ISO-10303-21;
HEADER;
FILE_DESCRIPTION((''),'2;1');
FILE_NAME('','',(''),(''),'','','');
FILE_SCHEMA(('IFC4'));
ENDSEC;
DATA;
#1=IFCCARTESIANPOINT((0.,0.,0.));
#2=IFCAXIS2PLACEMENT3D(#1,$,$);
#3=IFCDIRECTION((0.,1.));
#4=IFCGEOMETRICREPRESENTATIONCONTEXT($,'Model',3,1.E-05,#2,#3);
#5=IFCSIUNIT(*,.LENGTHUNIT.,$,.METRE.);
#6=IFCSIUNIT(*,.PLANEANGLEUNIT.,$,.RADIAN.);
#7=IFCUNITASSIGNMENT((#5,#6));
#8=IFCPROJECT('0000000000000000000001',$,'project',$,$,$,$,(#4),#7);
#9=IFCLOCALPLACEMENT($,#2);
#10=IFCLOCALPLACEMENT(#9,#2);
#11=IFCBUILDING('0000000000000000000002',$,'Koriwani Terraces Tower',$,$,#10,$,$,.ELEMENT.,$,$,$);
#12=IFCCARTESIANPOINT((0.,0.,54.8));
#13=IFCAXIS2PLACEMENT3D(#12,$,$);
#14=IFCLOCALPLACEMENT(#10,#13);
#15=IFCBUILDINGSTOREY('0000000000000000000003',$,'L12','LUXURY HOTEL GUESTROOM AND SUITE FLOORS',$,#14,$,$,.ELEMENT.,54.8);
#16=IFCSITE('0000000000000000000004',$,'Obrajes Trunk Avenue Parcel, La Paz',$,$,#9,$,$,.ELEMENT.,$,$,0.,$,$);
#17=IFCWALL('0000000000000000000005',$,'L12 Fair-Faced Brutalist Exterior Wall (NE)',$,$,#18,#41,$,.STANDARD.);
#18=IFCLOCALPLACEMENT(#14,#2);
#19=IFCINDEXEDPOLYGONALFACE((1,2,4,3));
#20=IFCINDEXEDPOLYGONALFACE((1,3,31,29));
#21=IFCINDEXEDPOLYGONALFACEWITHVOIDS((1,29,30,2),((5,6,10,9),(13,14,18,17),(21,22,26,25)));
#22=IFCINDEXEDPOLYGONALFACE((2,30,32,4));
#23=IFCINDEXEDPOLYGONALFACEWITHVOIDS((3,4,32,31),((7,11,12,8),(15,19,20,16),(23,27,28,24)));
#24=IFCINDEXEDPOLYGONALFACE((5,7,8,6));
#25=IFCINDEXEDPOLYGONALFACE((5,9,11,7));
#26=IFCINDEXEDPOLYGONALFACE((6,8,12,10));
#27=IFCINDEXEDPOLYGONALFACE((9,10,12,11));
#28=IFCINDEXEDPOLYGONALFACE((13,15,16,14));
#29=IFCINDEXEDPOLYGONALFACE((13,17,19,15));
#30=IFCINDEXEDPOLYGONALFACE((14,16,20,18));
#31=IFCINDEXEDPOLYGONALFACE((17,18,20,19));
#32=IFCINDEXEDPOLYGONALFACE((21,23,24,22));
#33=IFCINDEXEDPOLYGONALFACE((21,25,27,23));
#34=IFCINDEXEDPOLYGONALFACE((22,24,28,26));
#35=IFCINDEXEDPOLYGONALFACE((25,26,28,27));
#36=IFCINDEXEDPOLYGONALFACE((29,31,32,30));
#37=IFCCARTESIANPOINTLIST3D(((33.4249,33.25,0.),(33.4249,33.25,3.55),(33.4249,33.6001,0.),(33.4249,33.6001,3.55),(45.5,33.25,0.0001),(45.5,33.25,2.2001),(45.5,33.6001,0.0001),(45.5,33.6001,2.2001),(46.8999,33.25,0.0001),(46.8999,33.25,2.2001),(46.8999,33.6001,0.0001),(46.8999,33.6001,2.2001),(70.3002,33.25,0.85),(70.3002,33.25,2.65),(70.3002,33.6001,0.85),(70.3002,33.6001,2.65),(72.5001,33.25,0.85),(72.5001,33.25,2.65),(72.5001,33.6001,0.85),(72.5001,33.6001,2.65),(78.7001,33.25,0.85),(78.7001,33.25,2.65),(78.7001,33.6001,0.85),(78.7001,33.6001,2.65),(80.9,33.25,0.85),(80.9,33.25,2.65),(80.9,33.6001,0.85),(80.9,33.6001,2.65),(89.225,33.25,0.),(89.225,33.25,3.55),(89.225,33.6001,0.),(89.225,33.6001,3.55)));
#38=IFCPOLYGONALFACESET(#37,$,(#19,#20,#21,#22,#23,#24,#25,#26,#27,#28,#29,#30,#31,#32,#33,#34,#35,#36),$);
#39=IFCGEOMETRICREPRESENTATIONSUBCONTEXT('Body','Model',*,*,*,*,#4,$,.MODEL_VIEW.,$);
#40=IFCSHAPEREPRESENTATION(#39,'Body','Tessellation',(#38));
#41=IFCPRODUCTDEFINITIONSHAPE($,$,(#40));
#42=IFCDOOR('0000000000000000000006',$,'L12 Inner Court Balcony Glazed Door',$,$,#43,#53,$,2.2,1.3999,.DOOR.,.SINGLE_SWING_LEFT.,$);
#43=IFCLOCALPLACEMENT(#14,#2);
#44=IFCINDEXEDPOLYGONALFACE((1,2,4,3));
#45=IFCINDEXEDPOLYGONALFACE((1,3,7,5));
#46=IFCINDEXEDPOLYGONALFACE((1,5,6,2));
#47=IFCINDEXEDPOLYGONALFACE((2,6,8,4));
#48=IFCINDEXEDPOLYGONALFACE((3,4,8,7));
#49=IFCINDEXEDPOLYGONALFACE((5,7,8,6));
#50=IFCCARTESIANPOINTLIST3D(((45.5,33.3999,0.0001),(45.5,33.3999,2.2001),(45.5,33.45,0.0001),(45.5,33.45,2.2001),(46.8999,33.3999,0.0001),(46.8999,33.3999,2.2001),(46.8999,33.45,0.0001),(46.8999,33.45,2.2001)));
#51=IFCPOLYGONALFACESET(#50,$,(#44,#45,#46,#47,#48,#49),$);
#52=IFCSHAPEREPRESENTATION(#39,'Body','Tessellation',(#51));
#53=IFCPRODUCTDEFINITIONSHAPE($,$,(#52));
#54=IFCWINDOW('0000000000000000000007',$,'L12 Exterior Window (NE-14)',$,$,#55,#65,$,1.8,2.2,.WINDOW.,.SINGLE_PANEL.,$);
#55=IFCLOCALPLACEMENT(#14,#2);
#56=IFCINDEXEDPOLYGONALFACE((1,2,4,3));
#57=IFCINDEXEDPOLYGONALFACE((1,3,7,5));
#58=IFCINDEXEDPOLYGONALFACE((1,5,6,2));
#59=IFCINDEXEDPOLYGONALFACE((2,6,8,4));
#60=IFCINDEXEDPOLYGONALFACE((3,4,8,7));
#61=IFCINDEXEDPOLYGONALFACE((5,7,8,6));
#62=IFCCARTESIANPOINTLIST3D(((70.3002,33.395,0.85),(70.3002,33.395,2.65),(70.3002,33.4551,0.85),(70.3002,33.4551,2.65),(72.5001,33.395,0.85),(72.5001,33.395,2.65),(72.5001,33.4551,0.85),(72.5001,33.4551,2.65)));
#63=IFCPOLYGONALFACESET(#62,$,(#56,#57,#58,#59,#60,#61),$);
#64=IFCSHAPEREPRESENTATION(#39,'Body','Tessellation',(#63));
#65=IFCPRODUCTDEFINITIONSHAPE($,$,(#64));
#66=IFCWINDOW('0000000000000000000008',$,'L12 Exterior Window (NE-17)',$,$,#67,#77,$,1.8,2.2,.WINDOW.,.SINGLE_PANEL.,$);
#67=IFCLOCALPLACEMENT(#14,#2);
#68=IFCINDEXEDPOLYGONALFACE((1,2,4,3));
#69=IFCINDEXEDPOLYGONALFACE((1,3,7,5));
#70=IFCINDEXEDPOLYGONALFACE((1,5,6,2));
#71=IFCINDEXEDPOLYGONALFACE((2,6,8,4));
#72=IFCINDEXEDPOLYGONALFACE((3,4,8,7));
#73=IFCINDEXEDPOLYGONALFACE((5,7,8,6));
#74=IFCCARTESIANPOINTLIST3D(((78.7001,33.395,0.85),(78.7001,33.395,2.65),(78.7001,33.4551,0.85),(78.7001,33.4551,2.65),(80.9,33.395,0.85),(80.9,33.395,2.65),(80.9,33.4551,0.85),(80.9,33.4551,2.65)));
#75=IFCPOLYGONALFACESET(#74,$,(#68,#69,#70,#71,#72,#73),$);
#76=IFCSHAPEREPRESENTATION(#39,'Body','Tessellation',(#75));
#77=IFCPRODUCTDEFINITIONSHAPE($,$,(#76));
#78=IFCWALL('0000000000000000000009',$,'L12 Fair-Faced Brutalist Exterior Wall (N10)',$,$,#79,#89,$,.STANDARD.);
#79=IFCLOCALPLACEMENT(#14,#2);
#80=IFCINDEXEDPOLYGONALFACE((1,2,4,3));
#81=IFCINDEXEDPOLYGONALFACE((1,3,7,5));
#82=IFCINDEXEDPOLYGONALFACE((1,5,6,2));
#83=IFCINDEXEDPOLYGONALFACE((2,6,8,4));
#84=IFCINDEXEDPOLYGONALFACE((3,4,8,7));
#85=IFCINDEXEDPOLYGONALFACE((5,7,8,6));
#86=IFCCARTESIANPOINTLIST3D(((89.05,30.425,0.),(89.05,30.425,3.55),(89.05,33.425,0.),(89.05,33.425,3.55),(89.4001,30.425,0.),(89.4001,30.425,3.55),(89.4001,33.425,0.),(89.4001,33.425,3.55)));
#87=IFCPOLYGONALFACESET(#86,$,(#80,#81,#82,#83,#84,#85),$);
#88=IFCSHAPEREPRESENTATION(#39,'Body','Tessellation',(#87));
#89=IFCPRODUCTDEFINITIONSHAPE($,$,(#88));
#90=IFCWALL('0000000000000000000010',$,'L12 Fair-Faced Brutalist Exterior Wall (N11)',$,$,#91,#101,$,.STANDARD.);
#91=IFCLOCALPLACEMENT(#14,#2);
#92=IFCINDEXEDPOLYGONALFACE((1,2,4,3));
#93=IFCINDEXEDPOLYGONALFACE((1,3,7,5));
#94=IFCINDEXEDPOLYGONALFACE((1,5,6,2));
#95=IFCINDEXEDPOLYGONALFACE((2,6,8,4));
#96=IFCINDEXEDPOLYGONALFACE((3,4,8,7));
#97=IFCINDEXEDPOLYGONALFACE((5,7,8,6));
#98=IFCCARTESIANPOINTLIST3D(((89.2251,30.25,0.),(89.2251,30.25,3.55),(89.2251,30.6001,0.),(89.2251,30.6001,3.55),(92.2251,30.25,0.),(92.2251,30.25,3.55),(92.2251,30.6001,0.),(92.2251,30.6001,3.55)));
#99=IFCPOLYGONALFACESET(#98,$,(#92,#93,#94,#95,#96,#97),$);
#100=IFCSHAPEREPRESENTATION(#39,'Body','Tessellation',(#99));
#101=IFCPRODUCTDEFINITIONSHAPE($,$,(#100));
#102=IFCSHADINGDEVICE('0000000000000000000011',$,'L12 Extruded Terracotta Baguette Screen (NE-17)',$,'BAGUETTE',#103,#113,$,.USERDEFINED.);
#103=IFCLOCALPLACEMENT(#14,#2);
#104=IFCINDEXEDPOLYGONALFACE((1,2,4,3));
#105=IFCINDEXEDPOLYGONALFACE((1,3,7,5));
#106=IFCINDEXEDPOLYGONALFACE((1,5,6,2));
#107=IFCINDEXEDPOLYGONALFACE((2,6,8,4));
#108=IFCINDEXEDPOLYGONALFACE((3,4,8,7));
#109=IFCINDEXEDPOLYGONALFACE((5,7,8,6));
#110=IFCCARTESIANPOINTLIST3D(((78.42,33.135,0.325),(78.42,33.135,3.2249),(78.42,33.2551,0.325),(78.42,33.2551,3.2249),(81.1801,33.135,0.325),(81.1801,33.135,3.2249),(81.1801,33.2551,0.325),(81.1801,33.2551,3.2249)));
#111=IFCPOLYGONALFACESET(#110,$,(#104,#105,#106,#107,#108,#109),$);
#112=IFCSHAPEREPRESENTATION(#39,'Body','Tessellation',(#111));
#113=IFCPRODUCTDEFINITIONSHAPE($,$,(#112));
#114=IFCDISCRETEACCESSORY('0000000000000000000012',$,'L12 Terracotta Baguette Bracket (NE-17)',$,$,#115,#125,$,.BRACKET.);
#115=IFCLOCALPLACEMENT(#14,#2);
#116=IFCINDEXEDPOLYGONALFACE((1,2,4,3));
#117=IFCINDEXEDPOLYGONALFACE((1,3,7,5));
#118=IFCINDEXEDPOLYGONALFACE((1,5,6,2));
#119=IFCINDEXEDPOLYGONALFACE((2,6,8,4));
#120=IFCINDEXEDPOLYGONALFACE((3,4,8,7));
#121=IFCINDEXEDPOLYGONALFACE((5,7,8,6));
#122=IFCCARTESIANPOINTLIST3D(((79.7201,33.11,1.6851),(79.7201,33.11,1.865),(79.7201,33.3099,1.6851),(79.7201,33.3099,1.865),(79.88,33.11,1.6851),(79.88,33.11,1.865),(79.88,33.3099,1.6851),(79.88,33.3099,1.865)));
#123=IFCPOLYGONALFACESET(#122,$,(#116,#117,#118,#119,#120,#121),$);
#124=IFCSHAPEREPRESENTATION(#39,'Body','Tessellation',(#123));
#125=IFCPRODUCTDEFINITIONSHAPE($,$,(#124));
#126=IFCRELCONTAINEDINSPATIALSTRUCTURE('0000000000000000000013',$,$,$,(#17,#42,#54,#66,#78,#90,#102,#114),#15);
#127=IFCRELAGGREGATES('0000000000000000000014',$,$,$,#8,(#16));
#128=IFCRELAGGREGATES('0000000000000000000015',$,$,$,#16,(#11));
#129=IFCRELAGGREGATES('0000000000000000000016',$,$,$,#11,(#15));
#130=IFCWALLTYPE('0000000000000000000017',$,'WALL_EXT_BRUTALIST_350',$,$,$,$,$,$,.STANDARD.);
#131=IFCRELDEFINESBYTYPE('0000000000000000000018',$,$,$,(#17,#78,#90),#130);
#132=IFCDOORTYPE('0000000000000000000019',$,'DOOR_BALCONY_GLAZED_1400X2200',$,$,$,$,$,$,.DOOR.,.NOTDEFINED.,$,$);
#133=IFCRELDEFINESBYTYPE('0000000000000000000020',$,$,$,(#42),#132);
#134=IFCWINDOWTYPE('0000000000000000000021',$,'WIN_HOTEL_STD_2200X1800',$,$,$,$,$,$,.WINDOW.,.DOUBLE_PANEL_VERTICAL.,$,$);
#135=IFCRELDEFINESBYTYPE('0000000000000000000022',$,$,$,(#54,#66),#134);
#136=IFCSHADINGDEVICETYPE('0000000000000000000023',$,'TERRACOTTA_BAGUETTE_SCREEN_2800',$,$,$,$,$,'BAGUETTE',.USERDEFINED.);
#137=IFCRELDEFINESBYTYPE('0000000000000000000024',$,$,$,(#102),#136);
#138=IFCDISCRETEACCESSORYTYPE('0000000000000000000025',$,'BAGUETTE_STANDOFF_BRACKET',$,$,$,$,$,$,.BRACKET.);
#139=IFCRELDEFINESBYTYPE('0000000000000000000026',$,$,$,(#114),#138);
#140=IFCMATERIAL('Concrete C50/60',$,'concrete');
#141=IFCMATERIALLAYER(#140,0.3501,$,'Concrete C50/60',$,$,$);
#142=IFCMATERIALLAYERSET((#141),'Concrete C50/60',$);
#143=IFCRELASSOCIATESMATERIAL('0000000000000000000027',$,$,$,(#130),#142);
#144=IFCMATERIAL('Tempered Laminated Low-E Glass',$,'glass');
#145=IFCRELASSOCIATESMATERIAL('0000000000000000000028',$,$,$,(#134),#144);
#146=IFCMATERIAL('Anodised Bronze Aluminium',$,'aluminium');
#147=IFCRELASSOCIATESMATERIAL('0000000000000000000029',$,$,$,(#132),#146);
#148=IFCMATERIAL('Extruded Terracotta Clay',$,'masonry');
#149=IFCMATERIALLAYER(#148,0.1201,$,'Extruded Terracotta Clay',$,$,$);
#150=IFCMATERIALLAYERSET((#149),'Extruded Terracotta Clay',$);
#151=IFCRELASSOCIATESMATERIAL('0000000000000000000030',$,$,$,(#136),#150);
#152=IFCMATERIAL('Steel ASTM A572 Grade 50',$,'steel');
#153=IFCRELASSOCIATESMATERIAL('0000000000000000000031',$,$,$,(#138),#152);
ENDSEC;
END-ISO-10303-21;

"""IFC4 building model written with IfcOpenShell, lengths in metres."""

from ifc_helpers import new_model, si_unit, direction, frame, frame_2d, origin, origin_2d, place, context, subcontext, project, spatial, rectangle, extrude, material, layer, layer_set, type_object, element, fill, save


model = new_model("IFC4")

# Units and contexts
model_context = context("Model", 3, precision=1e-05, world=origin(), true_north=direction((0.0, 1.0)))
body_context = subcontext(model_context, "Body", "Model", "MODEL_VIEW")
ifc_project = project(units=[si_unit("LENGTHUNIT", "METRE"), si_unit("PLANEANGLEUNIT", "RADIAN")], contexts=[model_context])

# Site, building, storey
site_placement = place(None, origin())
site = spatial("IfcSite", under=ifc_project, at=site_placement, Name="Obrajes Trunk Avenue Parcel, La Paz", CompositionType="ELEMENT", RefElevation=0.0)
building_placement = place(site_placement, origin())
building = spatial("IfcBuilding", under=site, at=building_placement, Name="Koriwani Terraces Tower", CompositionType="ELEMENT")
storey_placement = place(building_placement, frame((0.0, 0.0, 54.8)))
storey = spatial("IfcBuildingStorey", under=building, at=storey_placement, Name="L12", Description="LUXURY HOTEL GUESTROOM AND SUITE FLOORS", CompositionType="ELEMENT", Elevation=54.8)

# Shared definitions
ifc_material_1 = material(Name="Anodised Bronze Aluminium", Category="aluminium")

# Shared definitions
ifc_material_2 = material(Name="Concrete C50/60", Category="concrete")
ifc_layer_1 = layer(ifc_material_2, 0.3501, Name="Concrete C50/60")
ifc_layer_set_1 = layer_set([ifc_layer_1], Name="Concrete C50/60")
wall_type = type_object("IfcWallType", Name="WALL_EXT_BRUTALIST_350", PredefinedType="STANDARD", material=ifc_layer_set_1)

# Shared definitions
ifc_material_3 = material(Name="Tempered Laminated Low-E Glass", Category="glass")
window_type = type_object("IfcWindowType", Name="WIN_HOTEL_STD_2200X1800", PartitioningType="DOUBLE_PANEL_VERTICAL", PredefinedType="WINDOW", material=ifc_material_3)

# Wall, openings, door, windows
wall_1_placement = place(storey_placement, frame((33.425, 33.425, 0.0), z_axis=(0.0, 0.0, 1.0), x_axis=(1.0, 0.0, 0.0)))
wall_1 = element("IfcWall", 1, at=wall_1_placement, inside=storey, type_object=wall_type, Name="L12 Fair-Faced Brutalist Exterior Wall (NE)", PredefinedType="STANDARD", context=body_context, shape_type="SweptSolid", body=[
    extrude(rectangle(XDim=55.8, YDim=0.3501, at=frame_2d((27.8999, 0.0))), origin(), (0.0, 0.0, 1.0), 3.55),
])
opening_1_placement = place(wall_1_placement, frame((12.075, 0.0, 0.0)))
opening_1 = element("IfcOpeningElement", 2, at=opening_1_placement, cuts=wall_1, PredefinedType="OPENING", context=body_context, shape_type="SweptSolid", body=[
    extrude(rectangle(XDim=1.3999, YDim=2.2, at=frame_2d((0.7, 1.1001))), frame((0.0, 0.1851, 0.0), z_axis=(0.0, -1.0, 0.0), x_axis=(1.0, 0.0, 0.0)), (0.0, 0.0, 1.0), 0.3701),
])
opening_2_placement = place(wall_1_placement, frame((36.875, 0.0, 0.8501)))
opening_2 = element("IfcOpeningElement", 3, at=opening_2_placement, cuts=wall_1, PredefinedType="OPENING", context=body_context, shape_type="SweptSolid", body=[
    extrude(rectangle(XDim=2.2, YDim=1.8, at=frame_2d((1.1001, 0.8999))), frame((0.0, 0.1851, 0.0), z_axis=(0.0, -1.0, 0.0), x_axis=(1.0, 0.0, 0.0)), (0.0, 0.0, 1.0), 0.3701),
])
opening_3_placement = place(wall_1_placement, frame((45.2749, 0.0, 0.8501)))
opening_3 = element("IfcOpeningElement", 4, at=opening_3_placement, cuts=wall_1, PredefinedType="OPENING", context=body_context, shape_type="SweptSolid", body=[
    extrude(rectangle(XDim=2.2, YDim=1.8, at=frame_2d((1.1001, 0.8999))), frame((0.0, 0.1851, 0.0), z_axis=(0.0, -1.0, 0.0), x_axis=(1.0, 0.0, 0.0)), (0.0, 0.0, 1.0), 0.3701),
])
door_type = type_object("IfcDoorType", Name="DOOR_BALCONY_GLAZED_1400X2200", OperationType="NOTDEFINED", PredefinedType="DOOR", material=ifc_material_1)
door_placement = place(opening_1_placement, origin())
door = element("IfcDoor", 5, at=door_placement, inside=storey, type_object=door_type, Name="L12 Inner Court Balcony Glazed Door", OperationType="SINGLE_SWING_LEFT", OverallHeight=2.2, OverallWidth=1.3999, PredefinedType="DOOR", context=body_context, shape_type="SweptSolid", body=[
    extrude(rectangle(XDim=1.3999, YDim=2.2, at=frame_2d((0.7, 1.1001))), frame((0.0, 0.0249, 0.0), z_axis=(0.0, -1.0, 0.0), x_axis=(1.0, 0.0, 0.0)), (0.0, 0.0, 1.0), 0.05),
])
fill(opening_1, door)
window_1_placement = place(opening_2_placement, origin())
window_1 = element("IfcWindow", 6, at=window_1_placement, inside=storey, type_object=window_type, Name="L12 Exterior Window (NE-14)", OverallHeight=1.8, OverallWidth=2.2, PartitioningType="SINGLE_PANEL", PredefinedType="WINDOW", context=body_context, shape_type="SweptSolid", body=[
    extrude(rectangle(XDim=2.2, YDim=1.8, at=frame_2d((1.1001, 0.8999))), frame((0.0, 0.03, 0.0), z_axis=(0.0, -1.0, 0.0), x_axis=(1.0, 0.0, 0.0)), (0.0, 0.0, 1.0), 0.0601),
])
fill(opening_2, window_1)
window_2_placement = place(opening_3_placement, origin())
window_2 = element("IfcWindow", 7, at=window_2_placement, inside=storey, type_object=window_type, Name="L12 Exterior Window (NE-17)", OverallHeight=1.8, OverallWidth=2.2, PartitioningType="SINGLE_PANEL", PredefinedType="WINDOW", context=body_context, shape_type="SweptSolid", body=[
    extrude(rectangle(XDim=2.2, YDim=1.8, at=frame_2d((1.1001, 0.8999))), frame((0.0, 0.03, 0.0), z_axis=(0.0, -1.0, 0.0), x_axis=(1.0, 0.0, 0.0)), (0.0, 0.0, 1.0), 0.0601),
])
fill(opening_3, window_2)

# Walls
for number, where, z_axis, x_axis, name in (
    (8, (89.2251, 33.425, 0.0), (0.0, 0.0, 1.0), (0.0, -1.0, 0.0), "L12 Fair-Faced Brutalist Exterior Wall (N10)"),
    (9, (89.2251, 30.425, 0.0), (0.0, 0.0, 1.0), (1.0, 0.0, 0.0), "L12 Fair-Faced Brutalist Exterior Wall (N11)"),
):
    element("IfcWall", number, at=place(storey_placement, frame(where, z_axis=z_axis, x_axis=x_axis)), inside=storey, type_object=wall_type, Name=name, PredefinedType="STANDARD", context=body_context, shape_type="SweptSolid", body=[
        extrude(rectangle(XDim=3.0, YDim=0.3501, at=frame_2d((1.5, 0.0))), origin(), (0.0, 0.0, 1.0), 3.55),
    ])

# Shared definitions
ifc_material_4 = material(Name="Steel ASTM A572 Grade 50", Category="steel")

# Shading device
ifc_material_5 = material(Name="Extruded Terracotta Clay", Category="masonry")
ifc_layer_2 = layer(ifc_material_5, 0.1201, Name="Extruded Terracotta Clay")
ifc_layer_set_2 = layer_set([ifc_layer_2], Name="Extruded Terracotta Clay")
shading_device_type = type_object("IfcShadingDeviceType", Name="TERRACOTTA_BAGUETTE_SCREEN_2800", ElementType="BAGUETTE", PredefinedType="USERDEFINED", material=ifc_layer_set_2)
shading_device_placement = place(storey_placement, frame((79.8, 33.1951, 0.325), z_axis=(0.0, 0.0, 1.0), x_axis=(1.0, 0.0, 0.0)))
element("IfcShadingDevice", 10, at=shading_device_placement, inside=storey, type_object=shading_device_type, Name="L12 Extruded Terracotta Baguette Screen (NE-17)", ObjectType="BAGUETTE", PredefinedType="USERDEFINED", context=body_context, shape_type="SweptSolid", body=[
    extrude(rectangle(XDim=2.76, YDim=0.1201, at=origin_2d()), origin(), (0.0, 0.0, 1.0), 2.8999),
])

# Discrete accessory
discrete_accessory_type = type_object("IfcDiscreteAccessoryType", Name="BAGUETTE_STANDOFF_BRACKET", PredefinedType="BRACKET", material=ifc_material_4)
discrete_accessory_placement = place(storey_placement, frame((79.8, 33.21, 1.6851), z_axis=(0.0, 0.0, 1.0), x_axis=(1.0, 0.0, 0.0)))
element("IfcDiscreteAccessory", 11, at=discrete_accessory_placement, inside=storey, type_object=discrete_accessory_type, Name="L12 Terracotta Baguette Bracket (NE-17)", PredefinedType="BRACKET", context=body_context, shape_type="SweptSolid", body=[
    extrude(rectangle(XDim=0.1599, YDim=0.2, at=origin_2d()), origin(), (0.0, 0.0, 1.0), 0.1799),
])

save(model, "model.ifc")
